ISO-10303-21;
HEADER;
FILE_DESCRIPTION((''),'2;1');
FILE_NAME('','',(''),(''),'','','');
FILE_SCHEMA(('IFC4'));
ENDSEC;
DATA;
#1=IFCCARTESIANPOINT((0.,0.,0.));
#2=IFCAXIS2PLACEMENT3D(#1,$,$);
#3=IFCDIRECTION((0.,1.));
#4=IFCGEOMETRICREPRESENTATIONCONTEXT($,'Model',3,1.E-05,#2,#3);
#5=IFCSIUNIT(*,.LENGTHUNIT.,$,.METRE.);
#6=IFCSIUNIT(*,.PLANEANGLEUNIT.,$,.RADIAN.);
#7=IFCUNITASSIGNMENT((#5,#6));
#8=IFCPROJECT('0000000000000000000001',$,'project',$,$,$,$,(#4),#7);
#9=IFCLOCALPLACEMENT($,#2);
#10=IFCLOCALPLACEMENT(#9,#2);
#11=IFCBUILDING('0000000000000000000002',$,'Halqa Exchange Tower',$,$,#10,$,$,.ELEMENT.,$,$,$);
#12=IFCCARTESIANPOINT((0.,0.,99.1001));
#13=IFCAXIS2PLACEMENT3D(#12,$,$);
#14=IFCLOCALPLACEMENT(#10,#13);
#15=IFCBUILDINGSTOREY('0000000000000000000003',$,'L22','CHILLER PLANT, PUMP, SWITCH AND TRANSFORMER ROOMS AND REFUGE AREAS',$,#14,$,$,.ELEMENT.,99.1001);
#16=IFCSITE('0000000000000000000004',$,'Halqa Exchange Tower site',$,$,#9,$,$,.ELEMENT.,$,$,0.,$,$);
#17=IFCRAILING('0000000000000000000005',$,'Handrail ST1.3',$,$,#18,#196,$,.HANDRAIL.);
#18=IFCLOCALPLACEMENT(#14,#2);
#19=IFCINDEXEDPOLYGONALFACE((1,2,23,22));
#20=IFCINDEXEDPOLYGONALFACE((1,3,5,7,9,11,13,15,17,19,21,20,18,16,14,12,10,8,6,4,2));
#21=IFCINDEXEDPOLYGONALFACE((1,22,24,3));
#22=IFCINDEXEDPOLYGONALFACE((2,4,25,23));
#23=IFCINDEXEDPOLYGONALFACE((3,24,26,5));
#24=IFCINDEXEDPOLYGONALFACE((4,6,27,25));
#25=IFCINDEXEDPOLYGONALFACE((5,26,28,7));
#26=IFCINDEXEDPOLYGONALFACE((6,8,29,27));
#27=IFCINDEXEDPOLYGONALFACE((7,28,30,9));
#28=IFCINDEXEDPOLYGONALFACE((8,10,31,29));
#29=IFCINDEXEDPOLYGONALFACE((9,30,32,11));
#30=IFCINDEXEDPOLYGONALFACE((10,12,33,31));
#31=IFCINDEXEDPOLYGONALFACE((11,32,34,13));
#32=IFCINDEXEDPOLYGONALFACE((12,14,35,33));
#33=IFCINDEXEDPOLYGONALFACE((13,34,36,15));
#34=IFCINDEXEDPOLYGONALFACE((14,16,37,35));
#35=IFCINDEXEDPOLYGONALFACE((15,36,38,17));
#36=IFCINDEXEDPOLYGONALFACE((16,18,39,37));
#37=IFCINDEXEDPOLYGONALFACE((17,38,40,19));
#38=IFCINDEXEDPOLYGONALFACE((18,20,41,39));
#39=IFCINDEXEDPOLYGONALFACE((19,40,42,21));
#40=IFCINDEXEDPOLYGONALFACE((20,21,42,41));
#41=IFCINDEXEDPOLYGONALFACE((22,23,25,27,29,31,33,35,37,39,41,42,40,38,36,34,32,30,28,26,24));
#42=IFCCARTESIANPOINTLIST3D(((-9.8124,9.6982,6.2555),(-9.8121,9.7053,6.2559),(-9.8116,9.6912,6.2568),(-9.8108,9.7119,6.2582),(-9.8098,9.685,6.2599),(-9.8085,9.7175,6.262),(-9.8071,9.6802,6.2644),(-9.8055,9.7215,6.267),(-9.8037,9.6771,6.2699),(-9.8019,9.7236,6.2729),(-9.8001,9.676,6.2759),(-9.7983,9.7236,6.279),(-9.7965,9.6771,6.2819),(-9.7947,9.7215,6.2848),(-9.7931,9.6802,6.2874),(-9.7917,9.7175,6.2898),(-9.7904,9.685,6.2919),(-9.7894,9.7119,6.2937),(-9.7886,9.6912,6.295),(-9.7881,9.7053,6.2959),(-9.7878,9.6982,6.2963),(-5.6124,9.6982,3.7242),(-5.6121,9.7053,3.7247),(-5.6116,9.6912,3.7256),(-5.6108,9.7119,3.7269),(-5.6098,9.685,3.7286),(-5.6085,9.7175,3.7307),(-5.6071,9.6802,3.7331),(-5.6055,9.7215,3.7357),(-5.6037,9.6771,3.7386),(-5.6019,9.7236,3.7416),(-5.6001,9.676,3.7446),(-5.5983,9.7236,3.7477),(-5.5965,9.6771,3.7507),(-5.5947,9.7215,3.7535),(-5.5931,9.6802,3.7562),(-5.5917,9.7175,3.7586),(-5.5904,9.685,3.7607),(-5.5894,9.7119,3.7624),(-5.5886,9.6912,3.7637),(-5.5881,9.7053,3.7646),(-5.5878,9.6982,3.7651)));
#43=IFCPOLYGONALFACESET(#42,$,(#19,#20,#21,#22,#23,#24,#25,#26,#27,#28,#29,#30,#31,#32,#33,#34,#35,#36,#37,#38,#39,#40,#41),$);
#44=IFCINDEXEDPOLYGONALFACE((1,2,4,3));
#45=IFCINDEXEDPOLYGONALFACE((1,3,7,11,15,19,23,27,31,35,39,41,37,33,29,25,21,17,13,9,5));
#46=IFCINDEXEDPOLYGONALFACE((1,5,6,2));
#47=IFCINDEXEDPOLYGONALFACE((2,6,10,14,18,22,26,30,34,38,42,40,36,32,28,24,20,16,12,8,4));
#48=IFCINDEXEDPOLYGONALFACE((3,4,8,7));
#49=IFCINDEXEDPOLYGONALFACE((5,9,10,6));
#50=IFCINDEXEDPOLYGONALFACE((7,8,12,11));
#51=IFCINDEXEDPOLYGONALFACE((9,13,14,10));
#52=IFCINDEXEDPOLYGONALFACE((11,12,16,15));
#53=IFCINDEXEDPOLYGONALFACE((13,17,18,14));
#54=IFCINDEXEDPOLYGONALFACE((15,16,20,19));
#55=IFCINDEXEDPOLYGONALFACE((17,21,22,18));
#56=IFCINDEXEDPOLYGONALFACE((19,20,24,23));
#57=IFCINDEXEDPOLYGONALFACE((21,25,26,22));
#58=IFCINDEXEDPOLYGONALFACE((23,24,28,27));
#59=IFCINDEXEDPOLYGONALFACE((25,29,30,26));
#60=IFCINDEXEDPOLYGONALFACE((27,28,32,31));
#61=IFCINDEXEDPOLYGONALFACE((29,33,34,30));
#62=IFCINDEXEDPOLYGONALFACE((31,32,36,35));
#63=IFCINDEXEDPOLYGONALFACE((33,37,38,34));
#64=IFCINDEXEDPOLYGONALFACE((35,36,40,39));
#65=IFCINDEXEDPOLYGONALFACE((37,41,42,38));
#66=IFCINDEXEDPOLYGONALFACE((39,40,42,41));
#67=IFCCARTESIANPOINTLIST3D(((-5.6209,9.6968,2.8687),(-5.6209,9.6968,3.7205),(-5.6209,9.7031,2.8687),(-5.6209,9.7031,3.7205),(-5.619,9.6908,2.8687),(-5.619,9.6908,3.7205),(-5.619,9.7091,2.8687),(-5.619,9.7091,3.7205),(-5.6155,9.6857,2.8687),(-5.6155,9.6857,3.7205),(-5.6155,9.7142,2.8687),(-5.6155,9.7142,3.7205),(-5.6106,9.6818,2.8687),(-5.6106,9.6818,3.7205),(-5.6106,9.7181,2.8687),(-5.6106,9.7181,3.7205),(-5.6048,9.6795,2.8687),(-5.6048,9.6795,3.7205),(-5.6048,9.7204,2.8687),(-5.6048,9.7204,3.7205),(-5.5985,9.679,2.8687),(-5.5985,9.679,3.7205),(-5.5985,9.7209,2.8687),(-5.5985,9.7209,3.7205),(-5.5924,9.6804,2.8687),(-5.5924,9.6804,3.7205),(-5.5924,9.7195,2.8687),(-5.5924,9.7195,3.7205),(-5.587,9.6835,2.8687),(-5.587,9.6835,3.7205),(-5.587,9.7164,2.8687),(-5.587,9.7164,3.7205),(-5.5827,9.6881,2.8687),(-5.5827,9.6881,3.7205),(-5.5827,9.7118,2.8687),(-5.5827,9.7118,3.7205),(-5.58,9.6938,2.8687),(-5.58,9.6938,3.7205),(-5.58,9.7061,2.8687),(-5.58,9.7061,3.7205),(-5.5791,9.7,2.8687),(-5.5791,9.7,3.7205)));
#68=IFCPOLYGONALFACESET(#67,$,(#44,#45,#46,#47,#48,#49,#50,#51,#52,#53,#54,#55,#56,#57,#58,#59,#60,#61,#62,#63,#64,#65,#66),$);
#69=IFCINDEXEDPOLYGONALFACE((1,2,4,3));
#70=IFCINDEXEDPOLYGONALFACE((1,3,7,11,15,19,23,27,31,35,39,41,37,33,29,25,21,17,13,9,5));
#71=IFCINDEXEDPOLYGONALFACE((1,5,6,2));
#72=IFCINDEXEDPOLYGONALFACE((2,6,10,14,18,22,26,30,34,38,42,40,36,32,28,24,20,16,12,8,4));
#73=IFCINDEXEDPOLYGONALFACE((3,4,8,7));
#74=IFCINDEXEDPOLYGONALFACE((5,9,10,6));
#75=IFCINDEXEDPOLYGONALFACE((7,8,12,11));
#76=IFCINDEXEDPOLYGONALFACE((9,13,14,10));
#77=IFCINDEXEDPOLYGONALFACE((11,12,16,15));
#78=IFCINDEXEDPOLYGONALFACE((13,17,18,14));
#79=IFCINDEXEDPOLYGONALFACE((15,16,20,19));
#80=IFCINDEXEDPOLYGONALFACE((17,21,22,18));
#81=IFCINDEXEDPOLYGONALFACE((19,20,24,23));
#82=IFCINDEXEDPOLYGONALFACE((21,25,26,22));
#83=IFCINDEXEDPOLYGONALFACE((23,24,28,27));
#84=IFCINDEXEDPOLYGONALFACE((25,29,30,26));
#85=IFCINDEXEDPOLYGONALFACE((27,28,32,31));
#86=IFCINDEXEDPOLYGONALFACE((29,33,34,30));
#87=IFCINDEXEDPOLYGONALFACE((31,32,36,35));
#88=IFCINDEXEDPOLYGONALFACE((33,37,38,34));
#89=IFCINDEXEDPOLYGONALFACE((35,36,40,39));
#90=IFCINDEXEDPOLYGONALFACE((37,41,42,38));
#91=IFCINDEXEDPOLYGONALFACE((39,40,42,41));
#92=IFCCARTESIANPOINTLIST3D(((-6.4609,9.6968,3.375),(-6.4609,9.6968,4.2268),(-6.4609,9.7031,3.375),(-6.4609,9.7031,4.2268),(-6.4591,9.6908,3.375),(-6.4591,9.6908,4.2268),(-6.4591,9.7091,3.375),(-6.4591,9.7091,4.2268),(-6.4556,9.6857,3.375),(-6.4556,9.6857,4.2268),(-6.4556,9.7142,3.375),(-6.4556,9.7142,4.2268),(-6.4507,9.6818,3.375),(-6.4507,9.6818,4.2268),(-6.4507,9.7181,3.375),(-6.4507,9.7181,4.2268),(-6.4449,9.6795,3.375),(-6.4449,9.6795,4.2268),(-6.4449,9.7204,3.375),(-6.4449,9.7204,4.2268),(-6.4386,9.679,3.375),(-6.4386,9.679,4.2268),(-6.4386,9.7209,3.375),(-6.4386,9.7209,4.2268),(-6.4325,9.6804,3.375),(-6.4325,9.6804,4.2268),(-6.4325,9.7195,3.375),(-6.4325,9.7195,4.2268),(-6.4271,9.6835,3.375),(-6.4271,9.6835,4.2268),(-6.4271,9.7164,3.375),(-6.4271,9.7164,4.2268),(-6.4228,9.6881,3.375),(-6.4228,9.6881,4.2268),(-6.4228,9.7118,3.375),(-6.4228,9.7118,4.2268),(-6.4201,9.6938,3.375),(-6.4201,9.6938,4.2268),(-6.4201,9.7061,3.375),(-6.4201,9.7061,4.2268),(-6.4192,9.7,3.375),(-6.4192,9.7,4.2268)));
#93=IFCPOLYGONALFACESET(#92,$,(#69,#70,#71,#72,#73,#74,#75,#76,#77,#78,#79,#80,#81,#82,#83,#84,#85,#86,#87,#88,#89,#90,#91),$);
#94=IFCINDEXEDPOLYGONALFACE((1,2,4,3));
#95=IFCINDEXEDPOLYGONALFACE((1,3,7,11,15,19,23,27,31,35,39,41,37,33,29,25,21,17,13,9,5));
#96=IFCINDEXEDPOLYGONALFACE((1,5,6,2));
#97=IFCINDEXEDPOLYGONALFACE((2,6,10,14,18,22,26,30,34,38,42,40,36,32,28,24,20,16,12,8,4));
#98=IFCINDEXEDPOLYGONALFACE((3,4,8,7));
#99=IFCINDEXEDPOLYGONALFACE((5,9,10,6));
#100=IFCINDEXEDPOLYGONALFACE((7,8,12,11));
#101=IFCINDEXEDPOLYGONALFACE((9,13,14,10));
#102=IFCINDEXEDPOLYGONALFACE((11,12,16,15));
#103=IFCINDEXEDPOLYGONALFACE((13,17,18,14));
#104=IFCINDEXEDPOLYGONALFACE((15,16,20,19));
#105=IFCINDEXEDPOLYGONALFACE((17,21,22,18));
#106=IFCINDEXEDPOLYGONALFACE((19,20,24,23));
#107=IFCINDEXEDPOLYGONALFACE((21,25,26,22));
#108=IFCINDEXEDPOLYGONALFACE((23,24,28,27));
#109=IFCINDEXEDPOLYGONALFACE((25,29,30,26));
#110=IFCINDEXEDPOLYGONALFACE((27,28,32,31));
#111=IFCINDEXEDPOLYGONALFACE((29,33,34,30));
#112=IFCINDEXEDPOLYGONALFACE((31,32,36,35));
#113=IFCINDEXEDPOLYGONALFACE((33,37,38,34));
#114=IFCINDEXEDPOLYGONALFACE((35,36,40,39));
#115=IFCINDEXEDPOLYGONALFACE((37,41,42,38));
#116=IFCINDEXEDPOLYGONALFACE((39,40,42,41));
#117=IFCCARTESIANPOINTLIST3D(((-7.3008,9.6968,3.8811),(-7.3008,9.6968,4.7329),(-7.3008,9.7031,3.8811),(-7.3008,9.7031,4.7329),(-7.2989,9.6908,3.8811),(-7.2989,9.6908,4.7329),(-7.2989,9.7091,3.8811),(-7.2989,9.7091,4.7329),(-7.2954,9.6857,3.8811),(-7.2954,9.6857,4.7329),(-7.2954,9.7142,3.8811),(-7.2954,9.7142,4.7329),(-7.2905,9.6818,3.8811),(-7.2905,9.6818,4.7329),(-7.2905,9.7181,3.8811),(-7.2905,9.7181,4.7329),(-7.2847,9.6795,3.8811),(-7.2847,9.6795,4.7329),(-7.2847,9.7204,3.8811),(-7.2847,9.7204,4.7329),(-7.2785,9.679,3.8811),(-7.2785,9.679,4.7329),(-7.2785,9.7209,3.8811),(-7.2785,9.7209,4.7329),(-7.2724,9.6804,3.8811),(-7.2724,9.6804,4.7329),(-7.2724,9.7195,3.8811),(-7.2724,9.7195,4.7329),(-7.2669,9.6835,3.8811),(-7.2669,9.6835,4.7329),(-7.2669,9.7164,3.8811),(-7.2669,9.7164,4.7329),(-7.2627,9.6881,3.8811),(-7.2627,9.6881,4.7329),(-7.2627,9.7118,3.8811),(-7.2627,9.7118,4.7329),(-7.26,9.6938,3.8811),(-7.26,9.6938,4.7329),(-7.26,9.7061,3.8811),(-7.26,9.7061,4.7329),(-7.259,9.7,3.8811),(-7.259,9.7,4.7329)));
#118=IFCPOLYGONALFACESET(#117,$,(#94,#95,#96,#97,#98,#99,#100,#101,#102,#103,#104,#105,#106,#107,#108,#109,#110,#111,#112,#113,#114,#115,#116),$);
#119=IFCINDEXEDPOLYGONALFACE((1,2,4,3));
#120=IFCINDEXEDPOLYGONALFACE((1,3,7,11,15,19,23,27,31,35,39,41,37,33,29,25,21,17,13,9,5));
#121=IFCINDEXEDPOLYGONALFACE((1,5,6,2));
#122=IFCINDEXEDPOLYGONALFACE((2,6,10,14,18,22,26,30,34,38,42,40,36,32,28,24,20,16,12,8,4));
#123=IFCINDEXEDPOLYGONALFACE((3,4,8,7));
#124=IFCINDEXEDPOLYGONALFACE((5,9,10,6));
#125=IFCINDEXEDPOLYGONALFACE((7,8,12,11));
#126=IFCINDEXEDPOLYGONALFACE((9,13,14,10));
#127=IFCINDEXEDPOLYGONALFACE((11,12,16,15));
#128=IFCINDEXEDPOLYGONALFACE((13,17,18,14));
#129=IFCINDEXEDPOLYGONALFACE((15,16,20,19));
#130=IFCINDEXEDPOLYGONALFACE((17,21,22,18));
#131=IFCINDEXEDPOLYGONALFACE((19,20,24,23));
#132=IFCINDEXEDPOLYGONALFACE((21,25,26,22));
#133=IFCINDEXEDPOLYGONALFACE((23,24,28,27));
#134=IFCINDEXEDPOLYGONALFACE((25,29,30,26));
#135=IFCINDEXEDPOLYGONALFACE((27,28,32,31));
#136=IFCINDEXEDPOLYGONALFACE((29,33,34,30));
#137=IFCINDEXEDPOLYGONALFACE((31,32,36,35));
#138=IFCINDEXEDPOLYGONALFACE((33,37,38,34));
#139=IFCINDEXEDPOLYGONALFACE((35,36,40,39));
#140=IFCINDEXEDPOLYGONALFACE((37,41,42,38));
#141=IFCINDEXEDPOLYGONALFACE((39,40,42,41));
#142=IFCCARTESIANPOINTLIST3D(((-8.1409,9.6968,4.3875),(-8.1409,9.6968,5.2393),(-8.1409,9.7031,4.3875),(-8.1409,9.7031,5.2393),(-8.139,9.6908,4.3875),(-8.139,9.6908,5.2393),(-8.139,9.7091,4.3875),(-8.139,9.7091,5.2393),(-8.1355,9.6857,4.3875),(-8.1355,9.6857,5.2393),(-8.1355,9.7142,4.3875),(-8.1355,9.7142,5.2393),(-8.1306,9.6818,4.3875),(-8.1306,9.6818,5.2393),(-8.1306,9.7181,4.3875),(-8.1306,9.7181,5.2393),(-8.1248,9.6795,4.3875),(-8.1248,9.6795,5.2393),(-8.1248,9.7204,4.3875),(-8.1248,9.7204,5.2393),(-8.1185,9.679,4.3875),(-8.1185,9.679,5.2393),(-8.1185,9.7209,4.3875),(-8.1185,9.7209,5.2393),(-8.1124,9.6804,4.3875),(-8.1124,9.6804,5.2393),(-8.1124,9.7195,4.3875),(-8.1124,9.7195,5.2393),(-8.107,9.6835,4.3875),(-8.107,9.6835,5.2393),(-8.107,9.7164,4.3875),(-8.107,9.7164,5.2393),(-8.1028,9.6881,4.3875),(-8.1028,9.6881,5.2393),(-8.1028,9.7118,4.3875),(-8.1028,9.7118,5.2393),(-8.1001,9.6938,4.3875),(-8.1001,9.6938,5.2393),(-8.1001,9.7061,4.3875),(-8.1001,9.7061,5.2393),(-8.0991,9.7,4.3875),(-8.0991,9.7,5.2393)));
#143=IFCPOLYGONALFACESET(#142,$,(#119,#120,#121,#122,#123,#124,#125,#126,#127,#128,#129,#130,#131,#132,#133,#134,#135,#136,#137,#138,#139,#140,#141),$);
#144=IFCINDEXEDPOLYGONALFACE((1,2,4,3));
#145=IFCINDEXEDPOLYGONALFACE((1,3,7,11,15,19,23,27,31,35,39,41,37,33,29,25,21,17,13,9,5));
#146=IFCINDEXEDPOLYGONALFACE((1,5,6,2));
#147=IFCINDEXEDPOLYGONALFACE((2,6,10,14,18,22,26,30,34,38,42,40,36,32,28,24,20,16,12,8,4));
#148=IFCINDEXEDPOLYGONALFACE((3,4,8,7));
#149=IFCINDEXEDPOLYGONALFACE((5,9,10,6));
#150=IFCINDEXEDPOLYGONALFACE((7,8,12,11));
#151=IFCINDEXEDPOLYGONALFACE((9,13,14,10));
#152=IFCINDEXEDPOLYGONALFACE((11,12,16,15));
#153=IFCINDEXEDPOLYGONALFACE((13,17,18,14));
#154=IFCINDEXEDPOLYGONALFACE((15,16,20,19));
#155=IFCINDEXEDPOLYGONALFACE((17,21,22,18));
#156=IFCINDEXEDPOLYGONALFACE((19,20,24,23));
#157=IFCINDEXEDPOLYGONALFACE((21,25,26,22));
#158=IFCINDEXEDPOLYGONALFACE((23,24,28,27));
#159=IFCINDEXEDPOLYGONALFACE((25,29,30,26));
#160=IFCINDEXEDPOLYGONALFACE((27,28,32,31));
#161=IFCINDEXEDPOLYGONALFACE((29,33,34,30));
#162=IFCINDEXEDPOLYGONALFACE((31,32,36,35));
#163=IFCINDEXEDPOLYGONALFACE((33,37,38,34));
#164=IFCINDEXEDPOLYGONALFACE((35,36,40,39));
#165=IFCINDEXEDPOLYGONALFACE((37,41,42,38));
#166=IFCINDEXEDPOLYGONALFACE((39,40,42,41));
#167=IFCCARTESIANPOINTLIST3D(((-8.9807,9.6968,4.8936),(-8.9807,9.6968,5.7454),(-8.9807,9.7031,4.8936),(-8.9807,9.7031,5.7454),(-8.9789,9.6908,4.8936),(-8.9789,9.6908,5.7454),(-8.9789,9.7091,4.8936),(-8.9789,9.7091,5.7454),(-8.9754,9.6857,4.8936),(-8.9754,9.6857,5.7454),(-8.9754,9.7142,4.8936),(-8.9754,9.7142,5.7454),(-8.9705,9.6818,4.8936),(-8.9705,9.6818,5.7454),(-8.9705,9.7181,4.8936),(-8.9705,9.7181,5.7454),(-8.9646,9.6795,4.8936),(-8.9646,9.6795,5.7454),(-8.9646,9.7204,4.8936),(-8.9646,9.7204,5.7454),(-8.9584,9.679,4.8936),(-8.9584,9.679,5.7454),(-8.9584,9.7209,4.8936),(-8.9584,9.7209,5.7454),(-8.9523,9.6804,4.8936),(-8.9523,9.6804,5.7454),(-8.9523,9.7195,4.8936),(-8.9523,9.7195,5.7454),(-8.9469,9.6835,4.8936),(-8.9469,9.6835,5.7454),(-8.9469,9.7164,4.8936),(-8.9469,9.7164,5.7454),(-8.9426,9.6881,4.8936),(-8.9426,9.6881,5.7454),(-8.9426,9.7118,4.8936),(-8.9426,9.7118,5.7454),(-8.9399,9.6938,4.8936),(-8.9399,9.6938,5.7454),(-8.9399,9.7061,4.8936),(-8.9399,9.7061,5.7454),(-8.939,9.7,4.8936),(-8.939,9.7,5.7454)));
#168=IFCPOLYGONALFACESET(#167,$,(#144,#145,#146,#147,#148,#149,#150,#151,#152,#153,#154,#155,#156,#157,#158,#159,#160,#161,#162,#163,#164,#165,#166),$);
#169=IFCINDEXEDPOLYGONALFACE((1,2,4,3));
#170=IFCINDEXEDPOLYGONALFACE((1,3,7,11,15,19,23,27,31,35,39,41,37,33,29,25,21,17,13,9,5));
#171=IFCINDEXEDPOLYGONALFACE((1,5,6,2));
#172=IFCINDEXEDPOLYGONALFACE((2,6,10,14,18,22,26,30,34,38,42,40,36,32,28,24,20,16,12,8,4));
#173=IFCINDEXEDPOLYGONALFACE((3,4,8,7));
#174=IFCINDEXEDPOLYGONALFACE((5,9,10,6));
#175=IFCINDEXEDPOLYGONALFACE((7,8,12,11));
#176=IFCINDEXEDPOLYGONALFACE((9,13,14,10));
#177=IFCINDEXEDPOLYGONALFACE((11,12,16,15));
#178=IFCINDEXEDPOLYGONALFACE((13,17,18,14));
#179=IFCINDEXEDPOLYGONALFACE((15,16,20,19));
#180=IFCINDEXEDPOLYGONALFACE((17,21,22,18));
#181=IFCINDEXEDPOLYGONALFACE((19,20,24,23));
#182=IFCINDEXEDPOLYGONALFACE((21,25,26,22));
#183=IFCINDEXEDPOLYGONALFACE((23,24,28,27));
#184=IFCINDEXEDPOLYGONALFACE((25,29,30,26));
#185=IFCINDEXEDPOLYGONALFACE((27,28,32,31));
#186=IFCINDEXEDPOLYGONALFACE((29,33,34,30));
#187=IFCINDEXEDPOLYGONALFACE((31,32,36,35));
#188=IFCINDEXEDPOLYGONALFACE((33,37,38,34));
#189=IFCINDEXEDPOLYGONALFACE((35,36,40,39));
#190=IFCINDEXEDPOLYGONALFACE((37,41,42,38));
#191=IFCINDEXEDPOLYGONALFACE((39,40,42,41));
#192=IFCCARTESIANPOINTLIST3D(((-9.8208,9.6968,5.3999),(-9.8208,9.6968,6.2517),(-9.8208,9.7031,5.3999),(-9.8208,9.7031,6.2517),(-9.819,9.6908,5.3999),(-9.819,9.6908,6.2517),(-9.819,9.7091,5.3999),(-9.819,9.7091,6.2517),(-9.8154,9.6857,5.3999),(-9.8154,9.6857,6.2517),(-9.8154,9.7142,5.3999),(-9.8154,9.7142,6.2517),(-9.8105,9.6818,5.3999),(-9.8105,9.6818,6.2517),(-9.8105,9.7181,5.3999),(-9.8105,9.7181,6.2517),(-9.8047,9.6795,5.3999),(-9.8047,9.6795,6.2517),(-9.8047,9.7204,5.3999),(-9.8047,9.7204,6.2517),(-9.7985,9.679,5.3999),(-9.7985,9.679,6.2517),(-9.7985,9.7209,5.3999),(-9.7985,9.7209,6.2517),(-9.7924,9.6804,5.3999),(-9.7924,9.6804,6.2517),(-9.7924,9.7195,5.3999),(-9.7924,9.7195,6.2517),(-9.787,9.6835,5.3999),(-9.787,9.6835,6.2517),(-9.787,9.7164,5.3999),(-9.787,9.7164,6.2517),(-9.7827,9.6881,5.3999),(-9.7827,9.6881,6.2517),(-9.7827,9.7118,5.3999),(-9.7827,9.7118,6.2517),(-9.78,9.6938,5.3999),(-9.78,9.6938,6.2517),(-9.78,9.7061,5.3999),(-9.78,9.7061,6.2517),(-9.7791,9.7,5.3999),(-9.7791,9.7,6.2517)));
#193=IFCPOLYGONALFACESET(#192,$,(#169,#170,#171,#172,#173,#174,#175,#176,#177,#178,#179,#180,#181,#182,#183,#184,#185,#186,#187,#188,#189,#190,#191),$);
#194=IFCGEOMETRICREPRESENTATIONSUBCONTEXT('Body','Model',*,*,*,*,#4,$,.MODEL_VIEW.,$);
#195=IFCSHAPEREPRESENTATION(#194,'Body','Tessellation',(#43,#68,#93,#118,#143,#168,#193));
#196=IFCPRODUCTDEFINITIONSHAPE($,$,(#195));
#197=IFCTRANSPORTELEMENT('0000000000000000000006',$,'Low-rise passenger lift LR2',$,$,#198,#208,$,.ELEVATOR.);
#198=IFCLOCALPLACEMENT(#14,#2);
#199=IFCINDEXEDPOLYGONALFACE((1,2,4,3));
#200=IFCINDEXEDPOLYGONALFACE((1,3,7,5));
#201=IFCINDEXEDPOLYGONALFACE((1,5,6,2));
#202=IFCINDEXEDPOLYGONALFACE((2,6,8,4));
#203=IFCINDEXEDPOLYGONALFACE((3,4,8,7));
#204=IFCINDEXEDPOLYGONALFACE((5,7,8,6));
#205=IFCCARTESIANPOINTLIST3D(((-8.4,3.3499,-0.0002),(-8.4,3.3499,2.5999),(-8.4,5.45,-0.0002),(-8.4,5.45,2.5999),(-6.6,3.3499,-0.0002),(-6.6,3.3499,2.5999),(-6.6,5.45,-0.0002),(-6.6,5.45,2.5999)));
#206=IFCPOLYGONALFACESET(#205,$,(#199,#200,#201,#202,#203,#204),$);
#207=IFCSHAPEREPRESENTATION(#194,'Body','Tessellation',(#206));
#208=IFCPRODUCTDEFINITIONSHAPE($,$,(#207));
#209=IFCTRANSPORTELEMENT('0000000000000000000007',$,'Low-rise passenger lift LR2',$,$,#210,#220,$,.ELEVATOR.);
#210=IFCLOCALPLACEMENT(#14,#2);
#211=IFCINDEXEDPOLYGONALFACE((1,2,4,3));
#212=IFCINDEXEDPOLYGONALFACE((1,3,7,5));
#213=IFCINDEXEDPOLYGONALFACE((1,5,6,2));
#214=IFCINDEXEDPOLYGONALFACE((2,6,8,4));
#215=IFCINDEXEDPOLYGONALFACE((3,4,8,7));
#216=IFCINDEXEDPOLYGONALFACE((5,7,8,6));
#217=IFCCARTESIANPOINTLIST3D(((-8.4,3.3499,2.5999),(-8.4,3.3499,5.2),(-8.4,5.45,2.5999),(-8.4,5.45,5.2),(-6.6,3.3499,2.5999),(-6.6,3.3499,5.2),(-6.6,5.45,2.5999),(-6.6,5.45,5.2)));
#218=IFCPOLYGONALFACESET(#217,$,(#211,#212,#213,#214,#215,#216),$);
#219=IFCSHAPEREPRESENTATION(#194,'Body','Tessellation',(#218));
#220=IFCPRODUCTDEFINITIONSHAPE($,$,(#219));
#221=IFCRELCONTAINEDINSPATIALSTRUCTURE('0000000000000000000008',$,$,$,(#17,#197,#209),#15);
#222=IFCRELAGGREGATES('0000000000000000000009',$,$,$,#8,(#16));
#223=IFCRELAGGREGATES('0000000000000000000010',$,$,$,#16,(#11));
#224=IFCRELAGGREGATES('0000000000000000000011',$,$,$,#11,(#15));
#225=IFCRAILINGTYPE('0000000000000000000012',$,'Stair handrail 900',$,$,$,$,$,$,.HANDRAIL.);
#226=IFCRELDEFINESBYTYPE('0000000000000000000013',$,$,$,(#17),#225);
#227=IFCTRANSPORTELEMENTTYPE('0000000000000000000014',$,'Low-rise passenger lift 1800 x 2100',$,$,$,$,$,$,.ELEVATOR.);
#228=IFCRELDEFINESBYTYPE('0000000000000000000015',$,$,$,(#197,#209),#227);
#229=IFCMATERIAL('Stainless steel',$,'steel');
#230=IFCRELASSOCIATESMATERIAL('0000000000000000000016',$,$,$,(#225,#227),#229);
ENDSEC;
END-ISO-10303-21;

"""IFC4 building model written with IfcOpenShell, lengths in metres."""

from ifc_helpers import new_model, si_unit, direction, frame, origin, origin_2d, place, context, subcontext, project, spatial, rectangle, circle, extrude, material, type_object, element, save


model = new_model("IFC4")

# Units and contexts
model_context = context("Model", 3, precision=1e-05, world=origin(), true_north=direction((0.0, 1.0)))
body_context = subcontext(model_context, "Body", "Model", "MODEL_VIEW")
ifc_project = project(units=[si_unit("LENGTHUNIT", "METRE"), si_unit("PLANEANGLEUNIT", "RADIAN")], contexts=[model_context])

# Site, building, storey
site_placement = place(None, origin())
site = spatial("IfcSite", under=ifc_project, at=site_placement, Name="Halqa Exchange Tower site", CompositionType="ELEMENT", RefElevation=0.0)
building_placement = place(site_placement, origin())
building = spatial("IfcBuilding", under=site, at=building_placement, Name="Halqa Exchange Tower", CompositionType="ELEMENT")
storey_placement = place(building_placement, frame((0.0, 0.0, 99.1001)))
storey = spatial("IfcBuildingStorey", under=building, at=storey_placement, Name="L22", Description="CHILLER PLANT, PUMP, SWITCH AND TRANSFORMER ROOMS AND REFUGE AREAS", CompositionType="ELEMENT", Elevation=99.1001)

# Railing
ifc_material_1 = material(Name="Stainless steel", Category="steel")
railing_type = type_object("IfcRailingType", Name="Stair handrail 900", PredefinedType="HANDRAIL", material=ifc_material_1)
railing_placement = place(storey_placement, frame((-5.6001, 9.7, 2.8687)))
element("IfcRailing", 1, at=railing_placement, inside=storey, type_object=railing_type, Name="Handrail ST1.3", PredefinedType="HANDRAIL", context=body_context, shape_type="SweptSolid", body=[
    extrude(circle(Radius=0.0239, at=origin_2d()), frame((0.0, 0.0, 0.876), z_axis=(-0.856476, 0.0, 0.516186), x_axis=(0.0, -1.0, 0.0)), (0.0, 0.0, 1.0), 4.9038),
    extrude(circle(Radius=0.021, at=origin_2d()), origin(), (0.0, 0.0, 1.0), 0.8518),
    extrude(circle(Radius=0.021, at=origin_2d()), frame((-0.8401, 0.0, 0.5063)), (0.0, 0.0, 1.0), 0.8518),
    extrude(circle(Radius=0.021, at=origin_2d()), frame((-1.6799, 0.0, 1.0125)), (0.0, 0.0, 1.0), 0.8518),
    extrude(circle(Radius=0.021, at=origin_2d()), frame((-2.52, 0.0, 1.5188)), (0.0, 0.0, 1.0), 0.8518),
    extrude(circle(Radius=0.021, at=origin_2d()), frame((-3.3599, 0.0, 2.0249)), (0.0, 0.0, 1.0), 0.8518),
    extrude(circle(Radius=0.021, at=origin_2d()), frame((-4.2, 0.0, 2.5312)), (0.0, 0.0, 1.0), 0.8518),
])

# Transport elements
transport_element_type = type_object("IfcTransportElementType", Name="Low-rise passenger lift 1800 x 2100", PredefinedType="ELEVATOR", material=ifc_material_1)
for number, where, z_axis, x_axis, name in (
    (2, (-7.5, 4.3999, -0.0002), (0.0, 0.0, 1.0), (1.0, 0.0, 0.0), "Low-rise passenger lift LR2"),
    (3, (-7.5, 4.3999, 2.5999), (0.0, 0.0, 1.0), (1.0, 0.0, 0.0), "Low-rise passenger lift LR2"),
):
    element("IfcTransportElement", number, at=place(storey_placement, frame(where, z_axis=z_axis, x_axis=x_axis)), inside=storey, type_object=transport_element_type, Name=name, PredefinedType="ELEVATOR", context=body_context, shape_type="SweptSolid", body=[
        extrude(rectangle(XDim=1.8, YDim=2.1001, at=origin_2d()), origin(), (0.0, 0.0, 1.0), 2.6001),
    ])

save(model, "model.ifc")
